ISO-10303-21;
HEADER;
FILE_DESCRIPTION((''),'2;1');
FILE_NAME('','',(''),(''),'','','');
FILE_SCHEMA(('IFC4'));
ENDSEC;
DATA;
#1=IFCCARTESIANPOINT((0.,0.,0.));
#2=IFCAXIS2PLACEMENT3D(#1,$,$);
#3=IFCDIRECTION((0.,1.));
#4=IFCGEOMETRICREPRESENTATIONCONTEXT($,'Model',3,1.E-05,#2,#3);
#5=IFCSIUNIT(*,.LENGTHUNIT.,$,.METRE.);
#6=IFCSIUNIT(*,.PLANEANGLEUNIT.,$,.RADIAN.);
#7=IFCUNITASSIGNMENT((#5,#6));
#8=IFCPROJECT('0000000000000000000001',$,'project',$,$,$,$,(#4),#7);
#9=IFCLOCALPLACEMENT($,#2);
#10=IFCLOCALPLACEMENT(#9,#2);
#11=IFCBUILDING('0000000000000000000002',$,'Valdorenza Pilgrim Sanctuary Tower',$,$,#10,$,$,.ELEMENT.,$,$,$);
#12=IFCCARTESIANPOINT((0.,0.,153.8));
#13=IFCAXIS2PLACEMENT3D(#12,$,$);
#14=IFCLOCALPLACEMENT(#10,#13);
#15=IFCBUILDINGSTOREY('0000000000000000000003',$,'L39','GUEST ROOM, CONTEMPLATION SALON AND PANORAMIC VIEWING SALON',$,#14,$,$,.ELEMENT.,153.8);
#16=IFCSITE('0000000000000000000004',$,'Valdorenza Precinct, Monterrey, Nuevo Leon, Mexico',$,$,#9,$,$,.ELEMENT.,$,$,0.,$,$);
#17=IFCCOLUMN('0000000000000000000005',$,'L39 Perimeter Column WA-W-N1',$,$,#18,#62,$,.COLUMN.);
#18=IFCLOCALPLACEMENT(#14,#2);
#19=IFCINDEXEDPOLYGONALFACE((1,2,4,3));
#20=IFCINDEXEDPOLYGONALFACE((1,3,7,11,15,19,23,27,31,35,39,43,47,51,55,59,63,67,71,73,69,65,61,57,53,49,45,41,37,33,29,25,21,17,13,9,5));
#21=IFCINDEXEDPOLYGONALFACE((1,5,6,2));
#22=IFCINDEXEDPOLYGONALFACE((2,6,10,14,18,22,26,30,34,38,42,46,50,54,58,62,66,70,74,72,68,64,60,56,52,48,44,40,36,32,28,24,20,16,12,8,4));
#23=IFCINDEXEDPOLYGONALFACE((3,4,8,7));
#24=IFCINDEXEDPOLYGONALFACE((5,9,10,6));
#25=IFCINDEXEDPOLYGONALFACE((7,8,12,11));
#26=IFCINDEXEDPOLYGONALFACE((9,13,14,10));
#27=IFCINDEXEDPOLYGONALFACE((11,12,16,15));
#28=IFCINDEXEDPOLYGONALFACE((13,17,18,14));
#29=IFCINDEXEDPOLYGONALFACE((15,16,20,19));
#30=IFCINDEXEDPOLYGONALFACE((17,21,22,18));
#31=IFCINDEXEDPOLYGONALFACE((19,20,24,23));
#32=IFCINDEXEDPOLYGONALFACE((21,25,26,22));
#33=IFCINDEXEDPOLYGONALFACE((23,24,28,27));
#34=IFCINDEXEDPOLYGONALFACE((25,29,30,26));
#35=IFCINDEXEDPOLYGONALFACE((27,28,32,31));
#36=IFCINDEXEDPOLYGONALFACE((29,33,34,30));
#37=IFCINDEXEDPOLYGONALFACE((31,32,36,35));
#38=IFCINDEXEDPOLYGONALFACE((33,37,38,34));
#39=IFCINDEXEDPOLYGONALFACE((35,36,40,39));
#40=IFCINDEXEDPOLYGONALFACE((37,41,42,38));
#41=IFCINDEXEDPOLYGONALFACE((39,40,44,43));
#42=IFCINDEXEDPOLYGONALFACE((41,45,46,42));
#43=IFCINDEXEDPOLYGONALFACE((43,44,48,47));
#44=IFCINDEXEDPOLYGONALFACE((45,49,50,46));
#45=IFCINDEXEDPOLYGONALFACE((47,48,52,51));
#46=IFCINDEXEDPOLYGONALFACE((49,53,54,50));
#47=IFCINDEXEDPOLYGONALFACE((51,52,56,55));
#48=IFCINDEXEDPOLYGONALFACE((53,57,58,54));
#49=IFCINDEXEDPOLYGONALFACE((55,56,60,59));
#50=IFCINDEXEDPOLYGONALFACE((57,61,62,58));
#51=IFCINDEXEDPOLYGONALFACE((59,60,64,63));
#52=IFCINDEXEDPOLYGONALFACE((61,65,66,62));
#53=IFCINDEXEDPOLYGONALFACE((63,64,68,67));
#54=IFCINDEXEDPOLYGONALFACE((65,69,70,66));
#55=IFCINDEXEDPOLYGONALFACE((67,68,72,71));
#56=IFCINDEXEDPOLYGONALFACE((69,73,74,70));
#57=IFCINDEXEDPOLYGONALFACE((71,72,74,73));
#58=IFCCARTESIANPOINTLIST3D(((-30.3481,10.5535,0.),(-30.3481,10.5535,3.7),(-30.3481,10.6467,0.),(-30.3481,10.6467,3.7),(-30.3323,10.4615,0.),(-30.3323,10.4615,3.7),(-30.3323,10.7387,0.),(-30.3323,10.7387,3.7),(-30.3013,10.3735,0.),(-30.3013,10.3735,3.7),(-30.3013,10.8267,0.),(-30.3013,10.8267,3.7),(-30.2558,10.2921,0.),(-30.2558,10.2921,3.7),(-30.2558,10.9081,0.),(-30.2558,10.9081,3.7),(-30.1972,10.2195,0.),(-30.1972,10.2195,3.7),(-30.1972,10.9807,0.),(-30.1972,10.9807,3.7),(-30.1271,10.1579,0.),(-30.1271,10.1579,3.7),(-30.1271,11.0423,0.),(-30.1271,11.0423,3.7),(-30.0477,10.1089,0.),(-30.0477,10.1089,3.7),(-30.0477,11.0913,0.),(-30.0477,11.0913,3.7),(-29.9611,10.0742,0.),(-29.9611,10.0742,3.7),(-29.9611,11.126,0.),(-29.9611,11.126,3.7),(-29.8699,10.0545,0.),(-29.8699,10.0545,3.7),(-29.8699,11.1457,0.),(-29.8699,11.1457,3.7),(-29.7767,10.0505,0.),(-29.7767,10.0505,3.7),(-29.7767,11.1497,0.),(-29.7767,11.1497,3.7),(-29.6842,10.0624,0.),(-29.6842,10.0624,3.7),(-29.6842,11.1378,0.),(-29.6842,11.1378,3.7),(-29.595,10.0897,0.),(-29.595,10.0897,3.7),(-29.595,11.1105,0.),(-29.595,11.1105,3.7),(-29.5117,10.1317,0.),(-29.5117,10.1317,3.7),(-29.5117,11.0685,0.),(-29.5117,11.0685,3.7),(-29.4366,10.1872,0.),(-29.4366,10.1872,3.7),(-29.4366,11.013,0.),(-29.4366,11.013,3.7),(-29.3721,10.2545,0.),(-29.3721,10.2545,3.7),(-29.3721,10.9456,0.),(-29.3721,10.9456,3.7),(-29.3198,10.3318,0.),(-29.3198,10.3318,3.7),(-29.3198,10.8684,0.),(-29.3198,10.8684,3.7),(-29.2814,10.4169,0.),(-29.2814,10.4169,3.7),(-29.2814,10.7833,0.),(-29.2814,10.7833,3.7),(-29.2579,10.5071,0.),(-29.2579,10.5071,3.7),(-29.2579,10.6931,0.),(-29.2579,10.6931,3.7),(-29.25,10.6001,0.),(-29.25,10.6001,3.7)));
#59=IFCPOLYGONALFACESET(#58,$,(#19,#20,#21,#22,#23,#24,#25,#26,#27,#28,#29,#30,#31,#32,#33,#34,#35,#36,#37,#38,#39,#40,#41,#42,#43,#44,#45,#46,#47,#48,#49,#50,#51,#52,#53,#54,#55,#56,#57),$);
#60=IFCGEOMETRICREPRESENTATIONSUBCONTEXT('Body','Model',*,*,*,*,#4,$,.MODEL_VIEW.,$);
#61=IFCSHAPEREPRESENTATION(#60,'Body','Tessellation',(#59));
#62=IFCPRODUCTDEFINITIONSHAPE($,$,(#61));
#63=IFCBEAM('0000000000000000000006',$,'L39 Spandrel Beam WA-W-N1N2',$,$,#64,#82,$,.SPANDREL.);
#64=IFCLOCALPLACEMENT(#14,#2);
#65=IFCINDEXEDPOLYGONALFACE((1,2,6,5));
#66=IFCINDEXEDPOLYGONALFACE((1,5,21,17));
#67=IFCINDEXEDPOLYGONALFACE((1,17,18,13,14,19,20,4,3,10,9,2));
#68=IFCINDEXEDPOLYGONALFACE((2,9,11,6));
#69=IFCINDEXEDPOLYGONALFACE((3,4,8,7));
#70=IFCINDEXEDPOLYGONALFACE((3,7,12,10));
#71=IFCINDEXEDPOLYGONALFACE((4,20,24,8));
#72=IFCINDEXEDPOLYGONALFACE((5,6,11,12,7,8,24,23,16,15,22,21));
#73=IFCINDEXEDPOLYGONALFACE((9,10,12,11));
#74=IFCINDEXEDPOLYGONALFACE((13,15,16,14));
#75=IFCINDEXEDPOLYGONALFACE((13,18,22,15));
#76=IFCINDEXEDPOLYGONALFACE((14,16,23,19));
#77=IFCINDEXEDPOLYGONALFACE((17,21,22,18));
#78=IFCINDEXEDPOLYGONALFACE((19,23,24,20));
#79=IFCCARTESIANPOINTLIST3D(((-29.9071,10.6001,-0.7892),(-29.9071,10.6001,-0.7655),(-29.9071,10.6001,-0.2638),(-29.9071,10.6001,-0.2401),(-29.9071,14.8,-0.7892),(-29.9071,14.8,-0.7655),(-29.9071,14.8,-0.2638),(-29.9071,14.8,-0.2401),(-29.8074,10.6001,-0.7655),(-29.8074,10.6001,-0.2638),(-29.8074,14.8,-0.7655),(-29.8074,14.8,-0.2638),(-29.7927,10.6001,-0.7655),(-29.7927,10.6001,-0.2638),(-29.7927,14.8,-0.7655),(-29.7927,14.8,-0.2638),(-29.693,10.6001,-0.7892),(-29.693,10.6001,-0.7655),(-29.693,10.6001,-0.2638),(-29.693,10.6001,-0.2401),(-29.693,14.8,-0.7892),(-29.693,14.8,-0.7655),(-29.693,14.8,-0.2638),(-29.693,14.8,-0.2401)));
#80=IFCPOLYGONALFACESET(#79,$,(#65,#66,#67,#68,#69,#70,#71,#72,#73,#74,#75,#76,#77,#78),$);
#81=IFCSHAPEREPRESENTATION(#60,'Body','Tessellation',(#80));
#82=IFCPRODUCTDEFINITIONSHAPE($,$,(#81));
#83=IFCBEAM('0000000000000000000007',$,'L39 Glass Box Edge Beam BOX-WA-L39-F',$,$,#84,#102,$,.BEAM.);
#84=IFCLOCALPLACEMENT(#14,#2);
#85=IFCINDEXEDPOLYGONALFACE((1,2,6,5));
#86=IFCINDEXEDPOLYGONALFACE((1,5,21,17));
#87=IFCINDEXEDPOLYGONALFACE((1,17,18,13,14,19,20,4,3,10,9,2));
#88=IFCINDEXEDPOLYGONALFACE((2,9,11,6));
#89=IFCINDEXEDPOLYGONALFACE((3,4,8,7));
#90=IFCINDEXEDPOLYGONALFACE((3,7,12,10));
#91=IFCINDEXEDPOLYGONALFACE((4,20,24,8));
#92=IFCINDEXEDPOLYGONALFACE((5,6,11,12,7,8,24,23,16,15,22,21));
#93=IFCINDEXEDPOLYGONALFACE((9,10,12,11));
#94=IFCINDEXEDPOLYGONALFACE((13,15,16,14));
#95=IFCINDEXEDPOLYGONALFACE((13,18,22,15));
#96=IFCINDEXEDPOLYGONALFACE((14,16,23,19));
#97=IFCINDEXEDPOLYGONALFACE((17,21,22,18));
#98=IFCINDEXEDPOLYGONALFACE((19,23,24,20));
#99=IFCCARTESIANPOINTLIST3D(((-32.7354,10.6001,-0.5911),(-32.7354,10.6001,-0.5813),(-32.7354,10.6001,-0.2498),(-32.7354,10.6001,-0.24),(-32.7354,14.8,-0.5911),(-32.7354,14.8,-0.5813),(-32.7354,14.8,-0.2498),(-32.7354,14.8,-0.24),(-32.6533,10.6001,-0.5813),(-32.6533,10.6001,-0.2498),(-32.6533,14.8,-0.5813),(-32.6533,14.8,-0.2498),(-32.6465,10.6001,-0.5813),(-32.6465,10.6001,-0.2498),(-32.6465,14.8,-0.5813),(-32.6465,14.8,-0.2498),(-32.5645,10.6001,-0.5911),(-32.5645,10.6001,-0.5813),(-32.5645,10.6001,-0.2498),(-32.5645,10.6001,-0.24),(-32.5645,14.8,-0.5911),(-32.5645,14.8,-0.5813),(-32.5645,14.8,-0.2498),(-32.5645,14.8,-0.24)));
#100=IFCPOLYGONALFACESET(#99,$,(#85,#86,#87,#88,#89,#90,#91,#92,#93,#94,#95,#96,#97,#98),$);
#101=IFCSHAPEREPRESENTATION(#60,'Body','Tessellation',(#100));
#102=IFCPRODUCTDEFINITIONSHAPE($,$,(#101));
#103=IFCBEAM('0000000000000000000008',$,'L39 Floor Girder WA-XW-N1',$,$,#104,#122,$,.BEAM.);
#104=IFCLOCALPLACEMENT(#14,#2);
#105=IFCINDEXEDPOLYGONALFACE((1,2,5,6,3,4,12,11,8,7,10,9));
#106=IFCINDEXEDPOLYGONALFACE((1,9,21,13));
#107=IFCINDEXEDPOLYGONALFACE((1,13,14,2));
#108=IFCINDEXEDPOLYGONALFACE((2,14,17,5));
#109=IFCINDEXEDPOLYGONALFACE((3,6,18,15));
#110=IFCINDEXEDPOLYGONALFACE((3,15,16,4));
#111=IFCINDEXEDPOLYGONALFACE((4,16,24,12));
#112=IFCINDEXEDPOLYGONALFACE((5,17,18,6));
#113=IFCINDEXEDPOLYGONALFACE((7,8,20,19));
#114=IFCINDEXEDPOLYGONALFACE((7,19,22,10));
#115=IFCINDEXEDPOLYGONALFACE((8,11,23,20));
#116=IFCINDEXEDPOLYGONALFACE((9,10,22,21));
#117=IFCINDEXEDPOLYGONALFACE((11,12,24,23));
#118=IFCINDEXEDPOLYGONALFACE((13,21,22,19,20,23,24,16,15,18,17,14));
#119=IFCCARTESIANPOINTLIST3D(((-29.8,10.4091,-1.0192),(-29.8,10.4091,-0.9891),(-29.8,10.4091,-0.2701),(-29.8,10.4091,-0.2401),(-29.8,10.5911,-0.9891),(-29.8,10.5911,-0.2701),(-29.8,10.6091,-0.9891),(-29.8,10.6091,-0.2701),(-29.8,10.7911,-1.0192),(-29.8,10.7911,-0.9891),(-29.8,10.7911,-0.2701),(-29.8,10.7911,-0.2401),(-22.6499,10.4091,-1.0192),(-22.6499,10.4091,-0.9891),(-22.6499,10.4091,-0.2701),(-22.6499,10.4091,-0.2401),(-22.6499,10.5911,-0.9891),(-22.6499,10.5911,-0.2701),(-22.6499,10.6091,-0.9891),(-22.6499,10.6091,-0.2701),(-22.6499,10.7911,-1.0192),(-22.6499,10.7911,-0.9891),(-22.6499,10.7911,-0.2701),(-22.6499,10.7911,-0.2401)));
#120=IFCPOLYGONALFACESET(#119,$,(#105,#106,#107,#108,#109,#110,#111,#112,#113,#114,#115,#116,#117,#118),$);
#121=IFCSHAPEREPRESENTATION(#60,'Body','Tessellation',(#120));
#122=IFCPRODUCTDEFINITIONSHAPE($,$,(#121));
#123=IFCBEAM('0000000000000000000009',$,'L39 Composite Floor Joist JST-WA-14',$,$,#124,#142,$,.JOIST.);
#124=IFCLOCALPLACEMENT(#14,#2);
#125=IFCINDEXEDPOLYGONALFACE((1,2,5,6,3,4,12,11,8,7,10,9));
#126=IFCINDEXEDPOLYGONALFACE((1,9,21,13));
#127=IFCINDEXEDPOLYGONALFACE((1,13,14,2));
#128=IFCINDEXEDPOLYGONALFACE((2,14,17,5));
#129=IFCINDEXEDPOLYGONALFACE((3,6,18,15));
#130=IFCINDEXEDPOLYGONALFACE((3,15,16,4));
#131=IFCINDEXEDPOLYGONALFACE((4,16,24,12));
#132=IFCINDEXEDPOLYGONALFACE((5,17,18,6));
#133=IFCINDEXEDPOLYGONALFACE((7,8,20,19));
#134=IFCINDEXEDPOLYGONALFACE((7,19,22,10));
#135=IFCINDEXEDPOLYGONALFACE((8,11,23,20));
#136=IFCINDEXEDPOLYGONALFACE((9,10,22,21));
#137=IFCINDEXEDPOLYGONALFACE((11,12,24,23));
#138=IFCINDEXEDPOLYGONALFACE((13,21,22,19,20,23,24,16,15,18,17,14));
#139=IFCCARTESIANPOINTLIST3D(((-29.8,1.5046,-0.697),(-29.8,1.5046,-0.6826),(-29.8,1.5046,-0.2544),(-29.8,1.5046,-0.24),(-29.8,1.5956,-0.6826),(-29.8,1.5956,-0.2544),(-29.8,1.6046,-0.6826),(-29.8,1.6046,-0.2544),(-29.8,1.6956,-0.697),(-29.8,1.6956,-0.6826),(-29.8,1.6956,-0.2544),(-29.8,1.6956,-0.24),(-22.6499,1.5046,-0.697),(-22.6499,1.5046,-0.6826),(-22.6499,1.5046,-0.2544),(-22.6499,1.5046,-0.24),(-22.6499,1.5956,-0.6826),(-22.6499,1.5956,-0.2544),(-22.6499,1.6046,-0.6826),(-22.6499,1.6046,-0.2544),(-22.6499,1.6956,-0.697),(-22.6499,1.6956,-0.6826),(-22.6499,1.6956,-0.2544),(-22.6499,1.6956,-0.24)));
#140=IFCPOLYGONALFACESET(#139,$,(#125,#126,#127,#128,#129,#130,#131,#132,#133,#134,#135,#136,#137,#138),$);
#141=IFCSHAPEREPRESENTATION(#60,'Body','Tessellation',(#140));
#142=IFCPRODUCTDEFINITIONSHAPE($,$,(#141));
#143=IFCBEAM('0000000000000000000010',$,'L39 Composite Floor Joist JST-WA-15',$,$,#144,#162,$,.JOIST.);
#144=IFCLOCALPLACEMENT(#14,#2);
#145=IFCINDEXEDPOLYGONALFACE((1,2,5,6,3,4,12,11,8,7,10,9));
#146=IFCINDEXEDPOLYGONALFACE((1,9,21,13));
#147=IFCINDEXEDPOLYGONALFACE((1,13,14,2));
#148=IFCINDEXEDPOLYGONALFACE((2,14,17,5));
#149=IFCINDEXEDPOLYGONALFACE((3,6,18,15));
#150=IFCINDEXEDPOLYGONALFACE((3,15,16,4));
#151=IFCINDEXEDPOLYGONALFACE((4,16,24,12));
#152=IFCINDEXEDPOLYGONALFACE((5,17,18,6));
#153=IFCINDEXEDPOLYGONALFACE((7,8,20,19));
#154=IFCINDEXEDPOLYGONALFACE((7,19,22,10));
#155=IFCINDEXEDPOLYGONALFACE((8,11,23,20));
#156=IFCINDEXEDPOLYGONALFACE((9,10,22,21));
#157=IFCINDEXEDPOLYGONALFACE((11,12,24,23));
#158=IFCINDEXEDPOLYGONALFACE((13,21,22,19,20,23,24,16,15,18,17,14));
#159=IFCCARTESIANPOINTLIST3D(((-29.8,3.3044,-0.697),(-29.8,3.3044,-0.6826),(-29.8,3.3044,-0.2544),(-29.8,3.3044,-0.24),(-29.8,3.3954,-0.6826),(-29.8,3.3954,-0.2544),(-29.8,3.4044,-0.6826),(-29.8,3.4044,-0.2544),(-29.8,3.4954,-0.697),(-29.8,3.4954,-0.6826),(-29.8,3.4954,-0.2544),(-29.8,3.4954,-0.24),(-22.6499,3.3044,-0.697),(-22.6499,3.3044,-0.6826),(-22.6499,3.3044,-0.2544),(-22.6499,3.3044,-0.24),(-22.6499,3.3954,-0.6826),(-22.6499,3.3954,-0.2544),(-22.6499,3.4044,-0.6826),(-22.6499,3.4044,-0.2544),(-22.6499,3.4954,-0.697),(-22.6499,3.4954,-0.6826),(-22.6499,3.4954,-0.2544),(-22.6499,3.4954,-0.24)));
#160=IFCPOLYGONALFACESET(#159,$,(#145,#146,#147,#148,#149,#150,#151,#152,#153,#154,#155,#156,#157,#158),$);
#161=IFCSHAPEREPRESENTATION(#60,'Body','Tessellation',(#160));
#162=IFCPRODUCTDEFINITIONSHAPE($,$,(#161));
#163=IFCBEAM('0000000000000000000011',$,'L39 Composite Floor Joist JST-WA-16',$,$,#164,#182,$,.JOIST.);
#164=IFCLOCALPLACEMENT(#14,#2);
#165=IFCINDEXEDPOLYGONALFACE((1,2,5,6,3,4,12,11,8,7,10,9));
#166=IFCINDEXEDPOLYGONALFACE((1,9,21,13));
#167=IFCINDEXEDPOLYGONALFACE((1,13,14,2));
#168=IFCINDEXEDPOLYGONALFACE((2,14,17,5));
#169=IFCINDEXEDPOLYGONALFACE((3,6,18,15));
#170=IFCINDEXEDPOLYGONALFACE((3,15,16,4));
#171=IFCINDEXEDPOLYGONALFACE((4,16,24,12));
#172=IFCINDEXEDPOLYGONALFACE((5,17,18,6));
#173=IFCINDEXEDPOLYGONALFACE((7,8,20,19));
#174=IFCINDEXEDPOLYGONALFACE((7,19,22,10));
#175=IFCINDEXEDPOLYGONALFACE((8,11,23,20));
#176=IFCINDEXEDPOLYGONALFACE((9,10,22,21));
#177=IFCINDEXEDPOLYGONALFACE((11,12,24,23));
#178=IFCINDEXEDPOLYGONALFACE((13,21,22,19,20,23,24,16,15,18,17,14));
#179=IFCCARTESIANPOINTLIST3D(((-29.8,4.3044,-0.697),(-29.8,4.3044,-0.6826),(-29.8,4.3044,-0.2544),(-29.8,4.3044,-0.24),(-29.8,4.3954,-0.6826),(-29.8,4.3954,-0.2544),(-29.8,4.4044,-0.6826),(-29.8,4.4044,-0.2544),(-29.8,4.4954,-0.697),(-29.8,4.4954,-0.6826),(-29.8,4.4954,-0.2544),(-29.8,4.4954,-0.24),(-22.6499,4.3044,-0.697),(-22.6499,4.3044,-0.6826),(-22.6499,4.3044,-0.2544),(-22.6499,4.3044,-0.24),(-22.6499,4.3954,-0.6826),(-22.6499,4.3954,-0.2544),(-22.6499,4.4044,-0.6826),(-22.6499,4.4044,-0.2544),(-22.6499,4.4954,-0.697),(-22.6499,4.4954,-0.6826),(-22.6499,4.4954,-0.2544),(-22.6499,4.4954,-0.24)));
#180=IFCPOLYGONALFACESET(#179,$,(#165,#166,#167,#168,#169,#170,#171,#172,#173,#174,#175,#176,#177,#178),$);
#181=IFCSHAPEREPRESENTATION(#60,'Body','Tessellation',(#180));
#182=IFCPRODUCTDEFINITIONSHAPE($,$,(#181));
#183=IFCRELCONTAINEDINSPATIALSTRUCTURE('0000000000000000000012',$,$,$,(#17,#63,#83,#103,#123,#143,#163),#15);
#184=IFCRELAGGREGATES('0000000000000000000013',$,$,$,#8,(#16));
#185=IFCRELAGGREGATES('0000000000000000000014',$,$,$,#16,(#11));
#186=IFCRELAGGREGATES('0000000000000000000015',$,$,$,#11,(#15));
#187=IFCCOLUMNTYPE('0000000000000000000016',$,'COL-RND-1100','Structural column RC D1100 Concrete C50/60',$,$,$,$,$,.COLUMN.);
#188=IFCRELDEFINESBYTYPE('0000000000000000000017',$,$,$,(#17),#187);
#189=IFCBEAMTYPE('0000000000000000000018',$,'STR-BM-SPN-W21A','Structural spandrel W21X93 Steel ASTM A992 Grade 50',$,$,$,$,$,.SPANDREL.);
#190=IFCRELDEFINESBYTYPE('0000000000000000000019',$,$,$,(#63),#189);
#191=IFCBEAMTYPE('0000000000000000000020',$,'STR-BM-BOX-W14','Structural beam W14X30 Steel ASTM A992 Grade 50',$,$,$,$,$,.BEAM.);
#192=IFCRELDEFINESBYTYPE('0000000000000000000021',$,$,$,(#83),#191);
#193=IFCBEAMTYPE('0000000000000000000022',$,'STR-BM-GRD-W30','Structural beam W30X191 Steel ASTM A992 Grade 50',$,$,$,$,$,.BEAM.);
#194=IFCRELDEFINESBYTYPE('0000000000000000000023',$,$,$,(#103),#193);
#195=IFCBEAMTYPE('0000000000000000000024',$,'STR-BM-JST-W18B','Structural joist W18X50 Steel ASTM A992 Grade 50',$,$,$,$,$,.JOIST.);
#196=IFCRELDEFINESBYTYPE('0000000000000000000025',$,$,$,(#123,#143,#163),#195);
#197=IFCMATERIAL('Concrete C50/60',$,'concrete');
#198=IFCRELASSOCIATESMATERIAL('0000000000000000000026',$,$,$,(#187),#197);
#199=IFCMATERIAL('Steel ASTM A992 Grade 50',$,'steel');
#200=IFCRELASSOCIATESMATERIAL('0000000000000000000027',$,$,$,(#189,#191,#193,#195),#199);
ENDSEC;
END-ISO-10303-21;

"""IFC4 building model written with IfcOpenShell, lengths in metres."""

from ifc_helpers import new_model, si_unit, direction, frame, origin, origin_2d, place, context, subcontext, project, spatial, circle, i_section, extrude, source, transform, mapped, material, material_profile, profile_set, type_object, element, save


model = new_model("IFC4")

# Units and contexts
model_context = context("Model", 3, precision=1e-05, world=origin(), true_north=direction((0.0, 1.0)))
body_context = subcontext(model_context, "Body", "Model", "MODEL_VIEW")
ifc_project = project(units=[si_unit("LENGTHUNIT", "METRE"), si_unit("PLANEANGLEUNIT", "RADIAN")], contexts=[model_context])

# Site, building, storey
site_placement = place(None, origin())
site = spatial("IfcSite", under=ifc_project, at=site_placement, Name="Valdorenza Precinct, Monterrey, Nuevo Leon, Mexico", CompositionType="ELEMENT", RefElevation=0.0)
building_placement = place(site_placement, origin())
building = spatial("IfcBuilding", under=site, at=building_placement, Name="Valdorenza Pilgrim Sanctuary Tower", CompositionType="ELEMENT")
storey_placement = place(building_placement, frame((0.0, 0.0, 153.8)))
storey = spatial("IfcBuildingStorey", under=building, at=storey_placement, Name="L39", Description="GUEST ROOM, CONTEMPLATION SALON AND PANORAMIC VIEWING SALON", CompositionType="ELEMENT", Elevation=153.8)

# Column
ifc_material_1 = material(Name="Concrete C50/60", Category="concrete")
ifc_material_profile_1 = material_profile(ifc_material_1, circle(Radius=0.55, at=origin_2d()), Name="RC D1100")
ifc_profile_set_1 = profile_set([ifc_material_profile_1], Name="Concrete C50/60")
column_type = type_object("IfcColumnType", Name="COL-RND-1100", Description="Structural column RC D1100 Concrete C50/60", PredefinedType="COLUMN", material=ifc_profile_set_1)
shared_shape_1 = source(origin(), body_context, "Body", "SweptSolid", [
    extrude(circle(Radius=0.55, at=origin_2d()), origin(), (0.0, 0.0, 1.0), 3.7),
])
column_placement = place(storey_placement, frame((-29.8, 10.6001, 0.0), z_axis=(0.0, 0.0, 1.0), x_axis=(1.0, 0.0, 0.0)))
element("IfcColumn", 1, at=column_placement, inside=storey, type_object=column_type, Name="L39 Perimeter Column WA-W-N1", PredefinedType="COLUMN", context=body_context, shape_type="MappedRepresentation", body=[
    mapped(shared_shape_1, transform((0.0, 0.0, 0.0), x_axis=(1.0, 0.0, 0.0), y_axis=(0.0, 1.0, 0.0), z_axis=(0.0, 0.0, 1.0), scale=1.0)),
])

# Beams
ifc_material_2 = material(Name="Steel ASTM A992 Grade 50", Category="steel")
ifc_material_profile_2 = material_profile(ifc_material_2, i_section(OverallWidth=0.2141, OverallDepth=0.5491, WebThickness=0.0146, FlangeThickness=0.0237, at=origin_2d()), Name="W21X93")
ifc_profile_set_2 = profile_set([ifc_material_profile_2], Name="Steel ASTM A992 Grade 50")
beam_type_1 = type_object("IfcBeamType", Name="STR-BM-SPN-W21A", Description="Structural spandrel W21X93 Steel ASTM A992 Grade 50", PredefinedType="SPANDREL", material=ifc_profile_set_2)
shared_shape_2 = source(origin(), body_context, "Body", "SweptSolid", [
    extrude(i_section(OverallWidth=0.2141, OverallDepth=0.5491, WebThickness=0.0146, FlangeThickness=0.0237, at=origin_2d()), origin(), (0.0, 0.0, 1.0), 4.2),
])
beam_1_placement = place(storey_placement, frame((-29.8, 10.6001, -0.5146), z_axis=(0.0, 1.0, 0.0), x_axis=(-1.0, 0.0, 0.0)))
element("IfcBeam", 2, at=beam_1_placement, inside=storey, type_object=beam_type_1, Name="L39 Spandrel Beam WA-W-N1N2", PredefinedType="SPANDREL", context=body_context, shape_type="MappedRepresentation", body=[
    mapped(shared_shape_2, transform((0.0, 0.0, 0.0), x_axis=(1.0, 0.0, 0.0), y_axis=(0.0, 1.0, 0.0), z_axis=(0.0, 0.0, 1.0), scale=1.0)),
])
ifc_material_profile_3 = material_profile(ifc_material_2, i_section(OverallWidth=0.1709, OverallDepth=0.3511, WebThickness=0.0068, FlangeThickness=0.0098, at=origin_2d()), Name="W14X30")
ifc_profile_set_3 = profile_set([ifc_material_profile_3], Name="Steel ASTM A992 Grade 50")
beam_type_2 = type_object("IfcBeamType", Name="STR-BM-BOX-W14", Description="Structural beam W14X30 Steel ASTM A992 Grade 50", PredefinedType="BEAM", material=ifc_profile_set_3)
shared_shape_3 = source(origin(), body_context, "Body", "SweptSolid", [
    extrude(i_section(OverallWidth=0.1709, OverallDepth=0.3511, WebThickness=0.0068, FlangeThickness=0.0098, at=origin_2d()), origin(), (0.0, 0.0, 1.0), 4.2),
])
beam_2_placement = place(storey_placement, frame((-32.6499, 10.6001, -0.4155), z_axis=(0.0, 1.0, 0.0), x_axis=(-1.0, 0.0, 0.0)))
element("IfcBeam", 3, at=beam_2_placement, inside=storey, type_object=beam_type_2, Name="L39 Glass Box Edge Beam BOX-WA-L39-F", PredefinedType="BEAM", context=body_context, shape_type="MappedRepresentation", body=[
    mapped(shared_shape_3, transform((0.0, 0.0, 0.0), x_axis=(1.0, 0.0, 0.0), y_axis=(0.0, 1.0, 0.0), z_axis=(0.0, 0.0, 1.0), scale=1.0)),
])
ifc_material_profile_4 = material_profile(ifc_material_2, i_section(OverallWidth=0.3821, OverallDepth=0.7791, WebThickness=0.0181, FlangeThickness=0.03, at=origin_2d()), Name="W30X191")
ifc_profile_set_4 = profile_set([ifc_material_profile_4], Name="Steel ASTM A992 Grade 50")
beam_type_3 = type_object("IfcBeamType", Name="STR-BM-GRD-W30", Description="Structural beam W30X191 Steel ASTM A992 Grade 50", PredefinedType="BEAM", material=ifc_profile_set_4)
shared_shape_4 = source(origin(), body_context, "Body", "SweptSolid", [
    extrude(i_section(OverallWidth=0.3821, OverallDepth=0.7791, WebThickness=0.0181, FlangeThickness=0.03, at=origin_2d()), origin(), (0.0, 0.0, 1.0), 7.1501),
])
beam_3_placement = place(storey_placement, frame((-29.8, 10.6001, -0.6296), z_axis=(1.0, 0.0, 0.0), x_axis=(0.0, 1.0, 0.0)))
element("IfcBeam", 4, at=beam_3_placement, inside=storey, type_object=beam_type_3, Name="L39 Floor Girder WA-XW-N1", PredefinedType="BEAM", context=body_context, shape_type="MappedRepresentation", body=[
    mapped(shared_shape_4, transform((0.0, 0.0, 0.0), x_axis=(1.0, 0.0, 0.0), y_axis=(0.0, 1.0, 0.0), z_axis=(0.0, 0.0, 1.0), scale=1.0)),
])
ifc_material_profile_5 = material_profile(ifc_material_2, i_section(OverallWidth=0.1909, OverallDepth=0.457, WebThickness=0.009, FlangeThickness=0.0144, at=origin_2d()), Name="W18X50")
ifc_profile_set_5 = profile_set([ifc_material_profile_5], Name="Steel ASTM A992 Grade 50")
beam_type_4 = type_object("IfcBeamType", Name="STR-BM-JST-W18B", Description="Structural joist W18X50 Steel ASTM A992 Grade 50", PredefinedType="JOIST", material=ifc_profile_set_5)
shared_shape_5 = source(origin(), body_context, "Body", "SweptSolid", [
    extrude(i_section(OverallWidth=0.1909, OverallDepth=0.457, WebThickness=0.009, FlangeThickness=0.0144, at=origin_2d()), origin(), (0.0, 0.0, 1.0), 7.1501),
])
for number, where, z_axis, x_axis, name in (
    (5, (-29.8, 1.6001, -0.4685), (1.0, 0.0, 0.0), (0.0, 1.0, 0.0), "L39 Composite Floor Joist JST-WA-14"),
    (6, (-29.8, 3.3999, -0.4685), (1.0, 0.0, 0.0), (0.0, 1.0, 0.0), "L39 Composite Floor Joist JST-WA-15"),
    (7, (-29.8, 4.3999, -0.4685), (1.0, 0.0, 0.0), (0.0, 1.0, 0.0), "L39 Composite Floor Joist JST-WA-16"),
):
    element("IfcBeam", number, at=place(storey_placement, frame(where, z_axis=z_axis, x_axis=x_axis)), inside=storey, type_object=beam_type_4, Name=name, PredefinedType="JOIST", context=body_context, shape_type="MappedRepresentation", body=[
        mapped(shared_shape_5, transform((0.0, 0.0, 0.0), x_axis=(1.0, 0.0, 0.0), y_axis=(0.0, 1.0, 0.0), z_axis=(0.0, 0.0, 1.0), scale=1.0)),
    ])

save(model, "model.ifc")
